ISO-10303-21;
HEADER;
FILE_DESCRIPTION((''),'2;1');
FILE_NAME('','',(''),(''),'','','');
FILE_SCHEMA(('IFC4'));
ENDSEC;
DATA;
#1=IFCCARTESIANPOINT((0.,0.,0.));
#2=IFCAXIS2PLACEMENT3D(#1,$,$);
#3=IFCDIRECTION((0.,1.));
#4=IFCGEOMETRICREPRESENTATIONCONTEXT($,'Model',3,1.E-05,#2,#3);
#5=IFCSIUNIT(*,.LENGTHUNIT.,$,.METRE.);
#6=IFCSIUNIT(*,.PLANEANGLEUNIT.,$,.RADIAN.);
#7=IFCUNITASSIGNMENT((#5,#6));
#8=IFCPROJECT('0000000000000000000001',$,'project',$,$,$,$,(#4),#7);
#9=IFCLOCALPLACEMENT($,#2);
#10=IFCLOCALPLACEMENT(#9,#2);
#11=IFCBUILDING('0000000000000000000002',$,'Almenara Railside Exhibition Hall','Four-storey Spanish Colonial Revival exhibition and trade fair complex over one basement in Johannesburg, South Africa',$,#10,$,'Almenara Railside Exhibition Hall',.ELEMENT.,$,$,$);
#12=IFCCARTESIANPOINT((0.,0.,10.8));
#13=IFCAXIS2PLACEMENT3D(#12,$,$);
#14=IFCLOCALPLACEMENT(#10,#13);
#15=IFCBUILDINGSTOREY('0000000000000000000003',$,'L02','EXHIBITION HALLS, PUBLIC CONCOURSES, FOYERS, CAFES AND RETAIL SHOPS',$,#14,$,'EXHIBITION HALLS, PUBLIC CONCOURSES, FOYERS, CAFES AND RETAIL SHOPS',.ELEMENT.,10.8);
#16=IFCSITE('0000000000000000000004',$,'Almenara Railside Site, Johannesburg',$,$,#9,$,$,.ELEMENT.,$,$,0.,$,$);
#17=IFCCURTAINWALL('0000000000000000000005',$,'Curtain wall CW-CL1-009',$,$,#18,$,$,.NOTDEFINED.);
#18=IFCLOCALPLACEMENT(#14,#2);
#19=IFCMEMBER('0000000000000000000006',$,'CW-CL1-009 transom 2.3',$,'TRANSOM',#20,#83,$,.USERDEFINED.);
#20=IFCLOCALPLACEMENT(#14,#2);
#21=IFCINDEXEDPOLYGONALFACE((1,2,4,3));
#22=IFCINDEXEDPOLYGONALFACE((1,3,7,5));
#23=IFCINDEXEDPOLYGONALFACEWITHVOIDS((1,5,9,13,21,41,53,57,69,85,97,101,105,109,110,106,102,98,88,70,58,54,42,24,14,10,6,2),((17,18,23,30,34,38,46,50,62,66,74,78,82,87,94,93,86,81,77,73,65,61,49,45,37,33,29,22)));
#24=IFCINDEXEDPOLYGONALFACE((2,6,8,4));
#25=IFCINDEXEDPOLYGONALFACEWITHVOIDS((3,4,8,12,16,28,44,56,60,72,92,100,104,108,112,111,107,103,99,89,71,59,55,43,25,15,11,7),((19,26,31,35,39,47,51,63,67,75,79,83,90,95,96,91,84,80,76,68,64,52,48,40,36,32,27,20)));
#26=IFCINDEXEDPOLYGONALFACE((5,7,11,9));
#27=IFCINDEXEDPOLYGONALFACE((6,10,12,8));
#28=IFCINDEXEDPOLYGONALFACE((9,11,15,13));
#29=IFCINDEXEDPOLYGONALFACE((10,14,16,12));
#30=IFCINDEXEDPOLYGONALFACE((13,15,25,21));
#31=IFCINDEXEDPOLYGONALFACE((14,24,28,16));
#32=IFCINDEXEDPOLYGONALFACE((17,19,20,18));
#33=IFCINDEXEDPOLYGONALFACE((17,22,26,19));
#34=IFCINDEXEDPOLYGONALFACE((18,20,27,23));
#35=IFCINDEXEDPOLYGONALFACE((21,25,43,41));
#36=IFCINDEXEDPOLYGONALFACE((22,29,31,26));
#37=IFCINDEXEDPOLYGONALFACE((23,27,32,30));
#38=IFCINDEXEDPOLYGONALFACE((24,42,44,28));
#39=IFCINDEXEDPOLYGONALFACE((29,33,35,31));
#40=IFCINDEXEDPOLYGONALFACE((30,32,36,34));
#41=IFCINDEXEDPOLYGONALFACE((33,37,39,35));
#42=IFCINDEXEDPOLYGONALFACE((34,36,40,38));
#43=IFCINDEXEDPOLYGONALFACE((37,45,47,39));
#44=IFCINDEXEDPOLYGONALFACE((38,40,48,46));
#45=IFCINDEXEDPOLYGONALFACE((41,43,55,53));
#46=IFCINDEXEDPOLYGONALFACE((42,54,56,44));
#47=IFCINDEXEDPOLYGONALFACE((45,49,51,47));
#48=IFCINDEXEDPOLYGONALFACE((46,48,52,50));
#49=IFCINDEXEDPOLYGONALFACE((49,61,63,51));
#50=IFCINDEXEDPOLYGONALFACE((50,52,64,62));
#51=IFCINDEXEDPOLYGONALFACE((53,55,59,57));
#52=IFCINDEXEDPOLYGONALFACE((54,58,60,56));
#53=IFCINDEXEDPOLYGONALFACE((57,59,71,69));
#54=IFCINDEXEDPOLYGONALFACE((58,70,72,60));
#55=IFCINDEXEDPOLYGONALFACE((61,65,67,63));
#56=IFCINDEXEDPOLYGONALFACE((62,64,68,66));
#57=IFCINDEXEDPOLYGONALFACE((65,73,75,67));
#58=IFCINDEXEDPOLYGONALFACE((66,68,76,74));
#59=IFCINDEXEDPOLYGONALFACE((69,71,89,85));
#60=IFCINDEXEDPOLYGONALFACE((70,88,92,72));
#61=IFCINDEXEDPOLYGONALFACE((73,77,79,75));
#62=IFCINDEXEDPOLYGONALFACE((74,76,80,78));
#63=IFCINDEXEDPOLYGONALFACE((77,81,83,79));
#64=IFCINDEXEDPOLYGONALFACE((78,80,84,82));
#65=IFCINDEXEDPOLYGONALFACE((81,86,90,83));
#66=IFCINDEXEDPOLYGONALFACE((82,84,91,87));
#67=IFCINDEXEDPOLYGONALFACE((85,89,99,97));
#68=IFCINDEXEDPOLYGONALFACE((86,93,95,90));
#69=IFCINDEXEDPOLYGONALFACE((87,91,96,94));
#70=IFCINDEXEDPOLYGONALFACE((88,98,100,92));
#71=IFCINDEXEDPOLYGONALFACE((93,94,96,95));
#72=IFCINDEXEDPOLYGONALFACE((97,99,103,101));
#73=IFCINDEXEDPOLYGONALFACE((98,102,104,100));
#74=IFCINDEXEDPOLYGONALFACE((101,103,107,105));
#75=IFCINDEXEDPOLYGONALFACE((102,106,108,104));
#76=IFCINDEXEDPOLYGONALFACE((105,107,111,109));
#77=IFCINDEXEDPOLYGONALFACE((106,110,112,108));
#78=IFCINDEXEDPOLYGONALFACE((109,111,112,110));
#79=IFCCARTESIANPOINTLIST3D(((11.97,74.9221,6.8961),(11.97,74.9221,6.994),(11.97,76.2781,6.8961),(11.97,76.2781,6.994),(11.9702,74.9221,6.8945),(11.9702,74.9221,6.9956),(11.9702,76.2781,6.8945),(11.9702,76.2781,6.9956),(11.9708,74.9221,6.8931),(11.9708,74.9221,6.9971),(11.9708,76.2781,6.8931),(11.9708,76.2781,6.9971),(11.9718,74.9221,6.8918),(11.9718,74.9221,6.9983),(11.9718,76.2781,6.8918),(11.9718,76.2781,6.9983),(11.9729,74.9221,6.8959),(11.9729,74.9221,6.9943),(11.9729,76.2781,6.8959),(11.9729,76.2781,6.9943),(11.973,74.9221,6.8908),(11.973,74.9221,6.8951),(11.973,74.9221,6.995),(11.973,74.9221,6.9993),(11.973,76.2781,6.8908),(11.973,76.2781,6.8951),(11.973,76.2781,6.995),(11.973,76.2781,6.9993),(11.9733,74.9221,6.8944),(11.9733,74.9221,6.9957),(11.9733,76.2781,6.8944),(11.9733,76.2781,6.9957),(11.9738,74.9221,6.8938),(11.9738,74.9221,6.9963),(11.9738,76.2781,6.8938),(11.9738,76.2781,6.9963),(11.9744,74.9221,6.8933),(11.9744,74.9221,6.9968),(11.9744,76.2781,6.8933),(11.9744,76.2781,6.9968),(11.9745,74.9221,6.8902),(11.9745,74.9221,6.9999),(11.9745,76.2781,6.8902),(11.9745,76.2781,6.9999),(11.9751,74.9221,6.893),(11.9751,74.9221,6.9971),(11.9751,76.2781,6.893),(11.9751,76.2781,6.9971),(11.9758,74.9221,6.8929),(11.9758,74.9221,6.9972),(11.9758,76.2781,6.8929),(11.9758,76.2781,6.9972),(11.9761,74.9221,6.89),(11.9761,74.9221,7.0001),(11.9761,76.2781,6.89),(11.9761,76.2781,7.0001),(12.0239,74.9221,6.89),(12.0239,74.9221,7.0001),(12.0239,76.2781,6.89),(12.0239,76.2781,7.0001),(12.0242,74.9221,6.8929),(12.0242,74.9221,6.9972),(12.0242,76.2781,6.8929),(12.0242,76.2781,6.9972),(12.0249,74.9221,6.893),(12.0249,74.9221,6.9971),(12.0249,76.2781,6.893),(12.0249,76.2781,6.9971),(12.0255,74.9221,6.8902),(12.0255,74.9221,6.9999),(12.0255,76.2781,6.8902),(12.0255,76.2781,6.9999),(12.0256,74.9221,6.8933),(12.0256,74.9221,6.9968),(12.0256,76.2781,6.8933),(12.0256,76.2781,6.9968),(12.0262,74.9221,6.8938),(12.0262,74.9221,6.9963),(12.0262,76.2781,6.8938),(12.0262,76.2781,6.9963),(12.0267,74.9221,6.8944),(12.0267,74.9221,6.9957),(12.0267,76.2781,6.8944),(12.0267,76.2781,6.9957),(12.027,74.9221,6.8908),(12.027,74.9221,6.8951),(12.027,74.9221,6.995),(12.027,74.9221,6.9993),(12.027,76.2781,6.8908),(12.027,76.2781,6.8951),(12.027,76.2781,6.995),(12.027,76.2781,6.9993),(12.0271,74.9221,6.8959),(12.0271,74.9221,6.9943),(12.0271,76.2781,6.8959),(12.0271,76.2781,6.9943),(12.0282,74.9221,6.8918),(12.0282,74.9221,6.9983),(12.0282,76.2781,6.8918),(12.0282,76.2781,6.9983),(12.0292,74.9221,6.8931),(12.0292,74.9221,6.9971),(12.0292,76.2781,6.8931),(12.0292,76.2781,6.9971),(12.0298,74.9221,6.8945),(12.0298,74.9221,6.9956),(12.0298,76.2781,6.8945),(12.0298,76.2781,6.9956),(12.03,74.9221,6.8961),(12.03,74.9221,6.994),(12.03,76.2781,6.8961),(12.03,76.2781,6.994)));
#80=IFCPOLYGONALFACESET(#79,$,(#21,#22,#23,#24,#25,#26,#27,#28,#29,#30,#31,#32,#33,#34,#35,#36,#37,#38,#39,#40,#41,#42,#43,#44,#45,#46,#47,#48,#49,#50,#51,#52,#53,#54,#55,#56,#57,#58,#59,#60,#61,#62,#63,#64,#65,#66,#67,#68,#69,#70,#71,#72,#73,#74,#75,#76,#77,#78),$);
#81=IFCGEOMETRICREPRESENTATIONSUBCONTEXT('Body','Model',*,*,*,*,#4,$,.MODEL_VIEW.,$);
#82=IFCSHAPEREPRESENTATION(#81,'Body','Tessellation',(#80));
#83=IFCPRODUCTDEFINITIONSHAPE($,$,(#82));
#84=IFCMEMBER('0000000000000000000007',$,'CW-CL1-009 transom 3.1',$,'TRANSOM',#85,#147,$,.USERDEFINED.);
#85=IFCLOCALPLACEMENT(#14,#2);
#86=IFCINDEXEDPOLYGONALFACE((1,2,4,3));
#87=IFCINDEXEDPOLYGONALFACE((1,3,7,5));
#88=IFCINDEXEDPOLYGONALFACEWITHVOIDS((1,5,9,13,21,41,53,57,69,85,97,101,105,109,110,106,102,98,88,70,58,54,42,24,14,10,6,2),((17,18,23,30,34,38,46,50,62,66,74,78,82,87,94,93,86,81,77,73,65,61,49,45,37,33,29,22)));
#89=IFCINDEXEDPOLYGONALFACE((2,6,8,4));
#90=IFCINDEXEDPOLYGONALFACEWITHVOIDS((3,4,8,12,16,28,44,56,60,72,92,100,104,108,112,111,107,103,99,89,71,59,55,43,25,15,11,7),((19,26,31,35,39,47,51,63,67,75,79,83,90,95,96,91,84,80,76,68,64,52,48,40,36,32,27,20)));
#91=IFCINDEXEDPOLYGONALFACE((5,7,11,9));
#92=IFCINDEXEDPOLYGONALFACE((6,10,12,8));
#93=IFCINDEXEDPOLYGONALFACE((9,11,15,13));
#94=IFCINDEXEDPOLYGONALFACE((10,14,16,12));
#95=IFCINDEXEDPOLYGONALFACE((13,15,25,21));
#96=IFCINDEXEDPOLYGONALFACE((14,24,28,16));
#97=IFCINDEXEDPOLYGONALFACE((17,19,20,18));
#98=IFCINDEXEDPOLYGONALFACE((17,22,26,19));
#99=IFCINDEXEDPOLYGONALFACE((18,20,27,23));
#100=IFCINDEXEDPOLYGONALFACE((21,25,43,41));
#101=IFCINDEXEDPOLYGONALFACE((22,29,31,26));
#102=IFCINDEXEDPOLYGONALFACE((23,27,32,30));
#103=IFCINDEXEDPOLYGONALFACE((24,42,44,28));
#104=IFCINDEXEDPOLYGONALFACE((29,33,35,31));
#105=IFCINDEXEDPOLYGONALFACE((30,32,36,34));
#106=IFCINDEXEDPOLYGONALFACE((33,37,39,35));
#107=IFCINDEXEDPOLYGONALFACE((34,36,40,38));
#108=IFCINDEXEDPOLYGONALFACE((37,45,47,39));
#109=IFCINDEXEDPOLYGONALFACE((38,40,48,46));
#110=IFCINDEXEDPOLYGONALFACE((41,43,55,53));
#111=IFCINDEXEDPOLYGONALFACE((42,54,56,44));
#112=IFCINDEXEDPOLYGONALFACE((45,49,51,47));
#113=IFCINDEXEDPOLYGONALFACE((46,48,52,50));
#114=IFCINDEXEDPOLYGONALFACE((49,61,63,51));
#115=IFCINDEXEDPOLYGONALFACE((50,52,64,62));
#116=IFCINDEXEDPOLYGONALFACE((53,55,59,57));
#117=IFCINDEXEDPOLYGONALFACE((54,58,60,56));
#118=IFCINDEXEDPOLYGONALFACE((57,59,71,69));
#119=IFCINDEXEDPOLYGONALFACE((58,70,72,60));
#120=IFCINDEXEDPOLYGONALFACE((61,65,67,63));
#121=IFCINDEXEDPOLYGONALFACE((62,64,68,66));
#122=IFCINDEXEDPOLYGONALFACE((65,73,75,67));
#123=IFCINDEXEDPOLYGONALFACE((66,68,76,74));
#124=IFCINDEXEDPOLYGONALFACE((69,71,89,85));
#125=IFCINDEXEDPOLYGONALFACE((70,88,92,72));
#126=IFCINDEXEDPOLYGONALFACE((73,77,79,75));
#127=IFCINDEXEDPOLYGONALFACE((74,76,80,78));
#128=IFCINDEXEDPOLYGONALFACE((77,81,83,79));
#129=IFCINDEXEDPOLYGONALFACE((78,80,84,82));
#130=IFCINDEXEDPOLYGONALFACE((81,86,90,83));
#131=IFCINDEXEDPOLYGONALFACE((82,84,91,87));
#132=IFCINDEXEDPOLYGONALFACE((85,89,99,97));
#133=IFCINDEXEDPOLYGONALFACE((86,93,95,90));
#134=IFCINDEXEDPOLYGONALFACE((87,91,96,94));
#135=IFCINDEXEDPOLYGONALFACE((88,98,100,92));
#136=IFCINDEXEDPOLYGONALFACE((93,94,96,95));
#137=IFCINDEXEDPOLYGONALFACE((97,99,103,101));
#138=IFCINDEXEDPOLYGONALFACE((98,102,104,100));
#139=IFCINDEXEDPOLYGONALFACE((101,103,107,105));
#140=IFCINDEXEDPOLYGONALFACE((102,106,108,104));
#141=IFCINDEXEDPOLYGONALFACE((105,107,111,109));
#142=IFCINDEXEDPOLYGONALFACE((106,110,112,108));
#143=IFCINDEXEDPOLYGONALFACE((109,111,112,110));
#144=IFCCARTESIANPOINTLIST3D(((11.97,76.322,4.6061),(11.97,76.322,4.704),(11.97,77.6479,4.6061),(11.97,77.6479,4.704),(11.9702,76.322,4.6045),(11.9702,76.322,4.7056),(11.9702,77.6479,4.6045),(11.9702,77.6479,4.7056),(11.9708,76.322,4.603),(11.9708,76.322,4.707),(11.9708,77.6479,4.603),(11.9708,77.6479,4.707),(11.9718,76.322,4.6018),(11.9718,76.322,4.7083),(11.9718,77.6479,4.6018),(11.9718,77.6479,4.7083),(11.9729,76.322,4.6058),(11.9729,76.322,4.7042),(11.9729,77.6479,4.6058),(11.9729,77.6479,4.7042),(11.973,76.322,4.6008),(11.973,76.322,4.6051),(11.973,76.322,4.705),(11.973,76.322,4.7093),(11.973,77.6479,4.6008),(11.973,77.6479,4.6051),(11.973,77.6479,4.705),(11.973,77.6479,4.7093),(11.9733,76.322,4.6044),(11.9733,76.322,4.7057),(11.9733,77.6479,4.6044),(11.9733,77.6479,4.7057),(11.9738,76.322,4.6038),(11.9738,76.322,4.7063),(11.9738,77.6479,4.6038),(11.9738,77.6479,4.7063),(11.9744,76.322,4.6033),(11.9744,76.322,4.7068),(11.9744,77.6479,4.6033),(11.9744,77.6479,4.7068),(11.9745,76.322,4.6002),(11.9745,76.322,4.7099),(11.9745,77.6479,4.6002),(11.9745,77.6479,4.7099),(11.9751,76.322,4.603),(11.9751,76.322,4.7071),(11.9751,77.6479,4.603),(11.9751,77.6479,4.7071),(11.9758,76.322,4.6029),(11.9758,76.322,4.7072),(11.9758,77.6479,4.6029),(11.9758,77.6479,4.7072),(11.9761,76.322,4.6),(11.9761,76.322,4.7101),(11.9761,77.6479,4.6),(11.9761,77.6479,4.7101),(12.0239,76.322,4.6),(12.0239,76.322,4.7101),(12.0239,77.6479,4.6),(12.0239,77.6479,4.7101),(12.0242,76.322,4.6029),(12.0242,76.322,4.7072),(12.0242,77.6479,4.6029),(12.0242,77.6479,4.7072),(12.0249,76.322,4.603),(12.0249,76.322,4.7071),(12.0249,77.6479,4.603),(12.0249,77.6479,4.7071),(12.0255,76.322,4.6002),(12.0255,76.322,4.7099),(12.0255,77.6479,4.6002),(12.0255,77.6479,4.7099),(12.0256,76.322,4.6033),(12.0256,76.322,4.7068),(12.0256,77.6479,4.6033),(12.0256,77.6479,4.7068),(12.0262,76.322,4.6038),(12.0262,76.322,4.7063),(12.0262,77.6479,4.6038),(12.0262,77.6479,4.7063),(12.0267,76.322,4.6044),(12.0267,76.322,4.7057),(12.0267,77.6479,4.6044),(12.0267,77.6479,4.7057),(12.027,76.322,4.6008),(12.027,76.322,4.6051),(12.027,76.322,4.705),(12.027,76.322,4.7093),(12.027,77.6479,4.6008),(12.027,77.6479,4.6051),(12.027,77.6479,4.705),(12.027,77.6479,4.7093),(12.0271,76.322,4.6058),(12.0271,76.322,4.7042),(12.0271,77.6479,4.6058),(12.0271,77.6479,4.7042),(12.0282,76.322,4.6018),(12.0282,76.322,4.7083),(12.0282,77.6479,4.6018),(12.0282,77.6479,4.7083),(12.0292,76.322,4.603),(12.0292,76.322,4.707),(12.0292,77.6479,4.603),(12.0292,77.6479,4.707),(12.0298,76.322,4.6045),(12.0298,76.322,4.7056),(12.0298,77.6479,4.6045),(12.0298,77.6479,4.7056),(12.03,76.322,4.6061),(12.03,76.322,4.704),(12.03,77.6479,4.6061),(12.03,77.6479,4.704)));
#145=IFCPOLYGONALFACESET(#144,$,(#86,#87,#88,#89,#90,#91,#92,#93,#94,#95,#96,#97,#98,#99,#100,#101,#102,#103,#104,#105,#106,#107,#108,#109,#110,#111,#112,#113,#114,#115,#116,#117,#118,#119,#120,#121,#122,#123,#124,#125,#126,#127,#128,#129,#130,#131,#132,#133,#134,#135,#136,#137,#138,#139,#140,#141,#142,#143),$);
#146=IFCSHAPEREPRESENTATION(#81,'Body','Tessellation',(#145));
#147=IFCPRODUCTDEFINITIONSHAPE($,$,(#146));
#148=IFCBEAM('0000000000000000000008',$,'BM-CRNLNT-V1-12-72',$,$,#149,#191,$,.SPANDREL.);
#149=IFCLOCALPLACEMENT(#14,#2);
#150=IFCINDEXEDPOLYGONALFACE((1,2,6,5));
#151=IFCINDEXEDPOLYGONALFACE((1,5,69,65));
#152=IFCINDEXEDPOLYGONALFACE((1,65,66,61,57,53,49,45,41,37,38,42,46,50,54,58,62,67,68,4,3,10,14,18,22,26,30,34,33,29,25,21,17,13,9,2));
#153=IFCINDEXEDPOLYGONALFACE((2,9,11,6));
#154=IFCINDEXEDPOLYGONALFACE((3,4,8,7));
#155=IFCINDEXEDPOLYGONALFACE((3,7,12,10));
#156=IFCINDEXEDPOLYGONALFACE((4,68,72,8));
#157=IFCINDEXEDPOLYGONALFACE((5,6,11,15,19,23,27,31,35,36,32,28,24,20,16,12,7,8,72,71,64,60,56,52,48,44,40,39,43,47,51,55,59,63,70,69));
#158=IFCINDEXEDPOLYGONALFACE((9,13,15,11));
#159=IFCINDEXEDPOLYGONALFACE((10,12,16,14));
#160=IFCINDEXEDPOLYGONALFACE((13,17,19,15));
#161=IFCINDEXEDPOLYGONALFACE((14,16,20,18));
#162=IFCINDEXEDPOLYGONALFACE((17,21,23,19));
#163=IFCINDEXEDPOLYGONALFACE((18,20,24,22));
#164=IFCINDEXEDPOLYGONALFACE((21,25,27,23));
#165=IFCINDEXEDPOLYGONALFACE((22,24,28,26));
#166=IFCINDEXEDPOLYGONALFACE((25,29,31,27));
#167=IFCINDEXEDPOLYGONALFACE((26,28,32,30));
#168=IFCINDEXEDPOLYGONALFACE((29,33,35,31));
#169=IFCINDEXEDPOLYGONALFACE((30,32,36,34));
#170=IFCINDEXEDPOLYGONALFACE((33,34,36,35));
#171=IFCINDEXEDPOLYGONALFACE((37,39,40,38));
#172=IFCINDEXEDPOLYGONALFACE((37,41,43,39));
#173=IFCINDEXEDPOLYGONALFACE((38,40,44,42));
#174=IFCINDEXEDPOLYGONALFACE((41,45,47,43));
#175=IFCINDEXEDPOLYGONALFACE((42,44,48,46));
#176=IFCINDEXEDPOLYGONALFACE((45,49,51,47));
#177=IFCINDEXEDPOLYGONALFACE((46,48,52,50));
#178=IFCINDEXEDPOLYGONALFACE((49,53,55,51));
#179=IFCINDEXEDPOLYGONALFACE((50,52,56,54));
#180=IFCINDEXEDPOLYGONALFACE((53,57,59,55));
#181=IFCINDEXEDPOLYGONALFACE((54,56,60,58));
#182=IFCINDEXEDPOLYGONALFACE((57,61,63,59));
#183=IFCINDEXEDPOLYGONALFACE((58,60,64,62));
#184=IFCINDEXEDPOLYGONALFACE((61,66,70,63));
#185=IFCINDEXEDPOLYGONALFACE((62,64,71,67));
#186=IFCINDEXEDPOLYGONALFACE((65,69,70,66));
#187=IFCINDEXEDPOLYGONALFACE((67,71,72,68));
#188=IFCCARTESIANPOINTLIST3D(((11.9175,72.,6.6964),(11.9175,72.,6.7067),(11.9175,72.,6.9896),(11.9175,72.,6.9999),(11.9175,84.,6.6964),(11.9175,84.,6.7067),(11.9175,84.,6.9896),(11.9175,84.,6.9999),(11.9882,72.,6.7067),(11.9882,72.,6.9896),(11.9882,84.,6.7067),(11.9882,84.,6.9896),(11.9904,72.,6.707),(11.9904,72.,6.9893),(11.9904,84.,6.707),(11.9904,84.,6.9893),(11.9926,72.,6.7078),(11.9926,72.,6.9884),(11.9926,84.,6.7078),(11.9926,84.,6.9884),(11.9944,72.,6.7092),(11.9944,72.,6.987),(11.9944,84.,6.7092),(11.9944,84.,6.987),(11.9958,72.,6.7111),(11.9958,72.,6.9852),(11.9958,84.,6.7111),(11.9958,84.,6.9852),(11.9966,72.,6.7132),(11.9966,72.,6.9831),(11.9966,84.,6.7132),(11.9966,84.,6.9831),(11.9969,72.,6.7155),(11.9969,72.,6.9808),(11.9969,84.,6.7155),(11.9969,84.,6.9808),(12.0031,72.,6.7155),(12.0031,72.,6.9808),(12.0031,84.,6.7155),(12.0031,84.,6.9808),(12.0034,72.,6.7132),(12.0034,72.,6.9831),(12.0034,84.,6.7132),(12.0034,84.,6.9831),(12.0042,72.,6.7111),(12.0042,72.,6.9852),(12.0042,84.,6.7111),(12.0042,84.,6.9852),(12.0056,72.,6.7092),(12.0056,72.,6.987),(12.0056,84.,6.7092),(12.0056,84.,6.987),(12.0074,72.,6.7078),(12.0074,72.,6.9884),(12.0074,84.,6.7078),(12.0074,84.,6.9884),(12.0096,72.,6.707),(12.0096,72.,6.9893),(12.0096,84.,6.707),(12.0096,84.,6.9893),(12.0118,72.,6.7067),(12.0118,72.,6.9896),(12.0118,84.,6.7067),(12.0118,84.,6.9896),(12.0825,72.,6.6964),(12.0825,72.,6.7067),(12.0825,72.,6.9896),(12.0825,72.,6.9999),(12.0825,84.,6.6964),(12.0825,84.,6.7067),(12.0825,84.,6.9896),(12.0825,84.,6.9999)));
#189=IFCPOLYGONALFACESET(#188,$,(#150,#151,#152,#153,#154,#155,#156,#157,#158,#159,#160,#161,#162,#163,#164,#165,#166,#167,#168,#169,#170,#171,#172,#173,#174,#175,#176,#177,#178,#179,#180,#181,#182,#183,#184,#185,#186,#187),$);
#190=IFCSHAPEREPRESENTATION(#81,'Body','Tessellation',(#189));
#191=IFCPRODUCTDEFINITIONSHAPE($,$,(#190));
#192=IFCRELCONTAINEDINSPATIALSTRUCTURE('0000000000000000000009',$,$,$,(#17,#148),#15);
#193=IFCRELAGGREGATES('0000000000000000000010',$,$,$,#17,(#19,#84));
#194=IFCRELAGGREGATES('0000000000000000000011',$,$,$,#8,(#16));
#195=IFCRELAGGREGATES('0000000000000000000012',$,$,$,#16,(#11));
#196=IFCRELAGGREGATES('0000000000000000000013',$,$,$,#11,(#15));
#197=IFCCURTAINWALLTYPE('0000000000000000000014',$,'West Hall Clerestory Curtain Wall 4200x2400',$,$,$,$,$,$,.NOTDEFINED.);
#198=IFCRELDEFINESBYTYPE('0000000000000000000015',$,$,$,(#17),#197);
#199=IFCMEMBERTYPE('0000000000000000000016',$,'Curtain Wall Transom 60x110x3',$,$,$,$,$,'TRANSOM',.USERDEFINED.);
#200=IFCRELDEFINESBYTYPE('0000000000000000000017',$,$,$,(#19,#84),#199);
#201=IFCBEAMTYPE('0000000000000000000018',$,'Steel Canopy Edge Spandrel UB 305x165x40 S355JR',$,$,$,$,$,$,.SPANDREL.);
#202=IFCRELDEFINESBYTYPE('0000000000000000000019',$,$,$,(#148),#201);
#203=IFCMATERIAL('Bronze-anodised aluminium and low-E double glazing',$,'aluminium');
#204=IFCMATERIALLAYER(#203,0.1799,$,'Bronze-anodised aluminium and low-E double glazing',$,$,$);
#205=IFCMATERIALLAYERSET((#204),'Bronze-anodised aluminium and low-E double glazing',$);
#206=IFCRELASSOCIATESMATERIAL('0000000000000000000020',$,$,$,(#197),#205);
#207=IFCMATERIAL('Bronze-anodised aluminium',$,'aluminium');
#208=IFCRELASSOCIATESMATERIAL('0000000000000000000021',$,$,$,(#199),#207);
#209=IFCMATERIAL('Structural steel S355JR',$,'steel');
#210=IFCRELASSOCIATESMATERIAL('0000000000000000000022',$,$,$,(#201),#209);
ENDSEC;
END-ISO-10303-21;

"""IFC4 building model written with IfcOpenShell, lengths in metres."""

from ifc_helpers import new_model, si_unit, direction, frame, origin, origin_2d, place, context, subcontext, project, spatial, hollow_rectangle, i_section, extrude, material, layer, layer_set, material_profile, profile_set, type_object, element, aggregate, save


model = new_model("IFC4")

# Units and contexts
model_context = context("Model", 3, precision=1e-05, world=origin(), true_north=direction((0.0, 1.0)))
body_context = subcontext(model_context, "Body", "Model", "MODEL_VIEW")
ifc_project = project(units=[si_unit("LENGTHUNIT", "METRE"), si_unit("PLANEANGLEUNIT", "RADIAN")], contexts=[model_context])

# Site, building, storey
site_placement = place(None, origin())
site = spatial("IfcSite", under=ifc_project, at=site_placement, Name="Almenara Railside Site, Johannesburg", CompositionType="ELEMENT", RefElevation=0.0)
building_placement = place(site_placement, origin())
building = spatial("IfcBuilding", under=site, at=building_placement, Name="Almenara Railside Exhibition Hall", Description="Four-storey Spanish Colonial Revival exhibition and trade fair complex over one basement in Johannesburg, South Africa", LongName="Almenara Railside Exhibition Hall", CompositionType="ELEMENT")
storey_placement = place(building_placement, frame((0.0, 0.0, 10.8)))
storey = spatial("IfcBuildingStorey", under=building, at=storey_placement, Name="L02", Description="EXHIBITION HALLS, PUBLIC CONCOURSES, FOYERS, CAFES AND RETAIL SHOPS", LongName="EXHIBITION HALLS, PUBLIC CONCOURSES, FOYERS, CAFES AND RETAIL SHOPS", CompositionType="ELEMENT", Elevation=10.8)

# Curtain wall, members
ifc_material_1 = material(Name="Bronze-anodised aluminium and low-E double glazing", Category="aluminium")
ifc_layer_1 = layer(ifc_material_1, 0.1799, Name="Bronze-anodised aluminium and low-E double glazing")
ifc_layer_set_1 = layer_set([ifc_layer_1], Name="Bronze-anodised aluminium and low-E double glazing")
curtain_wall_type = type_object("IfcCurtainWallType", Name="West Hall Clerestory Curtain Wall 4200x2400", PredefinedType="NOTDEFINED", material=ifc_layer_set_1)
curtain_wall_placement = place(storey_placement, origin())
curtain_wall = element("IfcCurtainWall", 1, at=curtain_wall_placement, inside=storey, type_object=curtain_wall_type, Name="Curtain wall CW-CL1-009", PredefinedType="NOTDEFINED")
ifc_material_2 = material(Name="Bronze-anodised aluminium", Category="aluminium")
ifc_material_profile_1 = material_profile(ifc_material_2, hollow_rectangle(XDim=0.0601, YDim=0.1101, WallThickness=0.0029, InnerFilletRadius=0.0029, OuterFilletRadius=0.0061, at=origin_2d()), Name="ALU-TRN 60x110x3")
ifc_profile_set_1 = profile_set([ifc_material_profile_1], Name="Bronze-anodised aluminium")
member_type_1 = type_object("IfcMemberType", Name="Curtain Wall Transom 60x110x3", ElementType="TRANSOM", PredefinedType="USERDEFINED", material=ifc_profile_set_1)
member_1_placement = place(storey_placement, frame((12.0, 74.9221, 6.9451), z_axis=(0.0, 1.0, 0.0), x_axis=(-1.0, 0.0, 0.0)))
member_1 = element("IfcMember", 2, at=member_1_placement, type_object=member_type_1, Name="CW-CL1-009 transom 2.3", ObjectType="TRANSOM", PredefinedType="USERDEFINED", context=body_context, shape_type="SweptSolid", body=[
    extrude(hollow_rectangle(XDim=0.0601, YDim=0.1101, WallThickness=0.0029, InnerFilletRadius=0.0029, OuterFilletRadius=0.0061, at=origin_2d()), origin(), (0.0, 0.0, 1.0), 1.356),
])
member_2_placement = place(storey_placement, frame((12.0, 76.322, 4.655), z_axis=(0.0, 1.0, 0.0), x_axis=(-1.0, 0.0, 0.0)))
member_2 = element("IfcMember", 3, at=member_2_placement, type_object=member_type_1, Name="CW-CL1-009 transom 3.1", ObjectType="TRANSOM", PredefinedType="USERDEFINED", context=body_context, shape_type="SweptSolid", body=[
    extrude(hollow_rectangle(XDim=0.0601, YDim=0.1101, WallThickness=0.0029, InnerFilletRadius=0.0029, OuterFilletRadius=0.0061, at=origin_2d()), origin(), (0.0, 0.0, 1.0), 1.3259),
])

# Beam
ifc_material_3 = material(Name="Structural steel S355JR", Category="steel")
ifc_material_profile_2 = material_profile(ifc_material_3, i_section(OverallWidth=0.165, OverallDepth=0.3035, WebThickness=0.0061, FlangeThickness=0.0103, FilletRadius=0.0088, at=origin_2d()), Name="UB 305x165x40")
ifc_profile_set_2 = profile_set([ifc_material_profile_2], Name="Structural steel S355JR")
beam_type = type_object("IfcBeamType", Name="Steel Canopy Edge Spandrel UB 305x165x40 S355JR", PredefinedType="SPANDREL", material=ifc_profile_set_2)
beam_placement = place(storey_placement, frame((12.0, 72.0, 6.8481), z_axis=(0.0, 1.0, 0.0), x_axis=(-1.0, 0.0, 0.0)))
element("IfcBeam", 4, at=beam_placement, inside=storey, type_object=beam_type, Name="BM-CRNLNT-V1-12-72", PredefinedType="SPANDREL", context=body_context, shape_type="SweptSolid", body=[
    extrude(i_section(OverallWidth=0.165, OverallDepth=0.3035, WebThickness=0.0061, FlangeThickness=0.0103, FilletRadius=0.0088, at=origin_2d()), origin(), (0.0, 0.0, 1.0), 12.0),
])

aggregate(curtain_wall, [member_1, member_2])

save(model, "model.ifc")
